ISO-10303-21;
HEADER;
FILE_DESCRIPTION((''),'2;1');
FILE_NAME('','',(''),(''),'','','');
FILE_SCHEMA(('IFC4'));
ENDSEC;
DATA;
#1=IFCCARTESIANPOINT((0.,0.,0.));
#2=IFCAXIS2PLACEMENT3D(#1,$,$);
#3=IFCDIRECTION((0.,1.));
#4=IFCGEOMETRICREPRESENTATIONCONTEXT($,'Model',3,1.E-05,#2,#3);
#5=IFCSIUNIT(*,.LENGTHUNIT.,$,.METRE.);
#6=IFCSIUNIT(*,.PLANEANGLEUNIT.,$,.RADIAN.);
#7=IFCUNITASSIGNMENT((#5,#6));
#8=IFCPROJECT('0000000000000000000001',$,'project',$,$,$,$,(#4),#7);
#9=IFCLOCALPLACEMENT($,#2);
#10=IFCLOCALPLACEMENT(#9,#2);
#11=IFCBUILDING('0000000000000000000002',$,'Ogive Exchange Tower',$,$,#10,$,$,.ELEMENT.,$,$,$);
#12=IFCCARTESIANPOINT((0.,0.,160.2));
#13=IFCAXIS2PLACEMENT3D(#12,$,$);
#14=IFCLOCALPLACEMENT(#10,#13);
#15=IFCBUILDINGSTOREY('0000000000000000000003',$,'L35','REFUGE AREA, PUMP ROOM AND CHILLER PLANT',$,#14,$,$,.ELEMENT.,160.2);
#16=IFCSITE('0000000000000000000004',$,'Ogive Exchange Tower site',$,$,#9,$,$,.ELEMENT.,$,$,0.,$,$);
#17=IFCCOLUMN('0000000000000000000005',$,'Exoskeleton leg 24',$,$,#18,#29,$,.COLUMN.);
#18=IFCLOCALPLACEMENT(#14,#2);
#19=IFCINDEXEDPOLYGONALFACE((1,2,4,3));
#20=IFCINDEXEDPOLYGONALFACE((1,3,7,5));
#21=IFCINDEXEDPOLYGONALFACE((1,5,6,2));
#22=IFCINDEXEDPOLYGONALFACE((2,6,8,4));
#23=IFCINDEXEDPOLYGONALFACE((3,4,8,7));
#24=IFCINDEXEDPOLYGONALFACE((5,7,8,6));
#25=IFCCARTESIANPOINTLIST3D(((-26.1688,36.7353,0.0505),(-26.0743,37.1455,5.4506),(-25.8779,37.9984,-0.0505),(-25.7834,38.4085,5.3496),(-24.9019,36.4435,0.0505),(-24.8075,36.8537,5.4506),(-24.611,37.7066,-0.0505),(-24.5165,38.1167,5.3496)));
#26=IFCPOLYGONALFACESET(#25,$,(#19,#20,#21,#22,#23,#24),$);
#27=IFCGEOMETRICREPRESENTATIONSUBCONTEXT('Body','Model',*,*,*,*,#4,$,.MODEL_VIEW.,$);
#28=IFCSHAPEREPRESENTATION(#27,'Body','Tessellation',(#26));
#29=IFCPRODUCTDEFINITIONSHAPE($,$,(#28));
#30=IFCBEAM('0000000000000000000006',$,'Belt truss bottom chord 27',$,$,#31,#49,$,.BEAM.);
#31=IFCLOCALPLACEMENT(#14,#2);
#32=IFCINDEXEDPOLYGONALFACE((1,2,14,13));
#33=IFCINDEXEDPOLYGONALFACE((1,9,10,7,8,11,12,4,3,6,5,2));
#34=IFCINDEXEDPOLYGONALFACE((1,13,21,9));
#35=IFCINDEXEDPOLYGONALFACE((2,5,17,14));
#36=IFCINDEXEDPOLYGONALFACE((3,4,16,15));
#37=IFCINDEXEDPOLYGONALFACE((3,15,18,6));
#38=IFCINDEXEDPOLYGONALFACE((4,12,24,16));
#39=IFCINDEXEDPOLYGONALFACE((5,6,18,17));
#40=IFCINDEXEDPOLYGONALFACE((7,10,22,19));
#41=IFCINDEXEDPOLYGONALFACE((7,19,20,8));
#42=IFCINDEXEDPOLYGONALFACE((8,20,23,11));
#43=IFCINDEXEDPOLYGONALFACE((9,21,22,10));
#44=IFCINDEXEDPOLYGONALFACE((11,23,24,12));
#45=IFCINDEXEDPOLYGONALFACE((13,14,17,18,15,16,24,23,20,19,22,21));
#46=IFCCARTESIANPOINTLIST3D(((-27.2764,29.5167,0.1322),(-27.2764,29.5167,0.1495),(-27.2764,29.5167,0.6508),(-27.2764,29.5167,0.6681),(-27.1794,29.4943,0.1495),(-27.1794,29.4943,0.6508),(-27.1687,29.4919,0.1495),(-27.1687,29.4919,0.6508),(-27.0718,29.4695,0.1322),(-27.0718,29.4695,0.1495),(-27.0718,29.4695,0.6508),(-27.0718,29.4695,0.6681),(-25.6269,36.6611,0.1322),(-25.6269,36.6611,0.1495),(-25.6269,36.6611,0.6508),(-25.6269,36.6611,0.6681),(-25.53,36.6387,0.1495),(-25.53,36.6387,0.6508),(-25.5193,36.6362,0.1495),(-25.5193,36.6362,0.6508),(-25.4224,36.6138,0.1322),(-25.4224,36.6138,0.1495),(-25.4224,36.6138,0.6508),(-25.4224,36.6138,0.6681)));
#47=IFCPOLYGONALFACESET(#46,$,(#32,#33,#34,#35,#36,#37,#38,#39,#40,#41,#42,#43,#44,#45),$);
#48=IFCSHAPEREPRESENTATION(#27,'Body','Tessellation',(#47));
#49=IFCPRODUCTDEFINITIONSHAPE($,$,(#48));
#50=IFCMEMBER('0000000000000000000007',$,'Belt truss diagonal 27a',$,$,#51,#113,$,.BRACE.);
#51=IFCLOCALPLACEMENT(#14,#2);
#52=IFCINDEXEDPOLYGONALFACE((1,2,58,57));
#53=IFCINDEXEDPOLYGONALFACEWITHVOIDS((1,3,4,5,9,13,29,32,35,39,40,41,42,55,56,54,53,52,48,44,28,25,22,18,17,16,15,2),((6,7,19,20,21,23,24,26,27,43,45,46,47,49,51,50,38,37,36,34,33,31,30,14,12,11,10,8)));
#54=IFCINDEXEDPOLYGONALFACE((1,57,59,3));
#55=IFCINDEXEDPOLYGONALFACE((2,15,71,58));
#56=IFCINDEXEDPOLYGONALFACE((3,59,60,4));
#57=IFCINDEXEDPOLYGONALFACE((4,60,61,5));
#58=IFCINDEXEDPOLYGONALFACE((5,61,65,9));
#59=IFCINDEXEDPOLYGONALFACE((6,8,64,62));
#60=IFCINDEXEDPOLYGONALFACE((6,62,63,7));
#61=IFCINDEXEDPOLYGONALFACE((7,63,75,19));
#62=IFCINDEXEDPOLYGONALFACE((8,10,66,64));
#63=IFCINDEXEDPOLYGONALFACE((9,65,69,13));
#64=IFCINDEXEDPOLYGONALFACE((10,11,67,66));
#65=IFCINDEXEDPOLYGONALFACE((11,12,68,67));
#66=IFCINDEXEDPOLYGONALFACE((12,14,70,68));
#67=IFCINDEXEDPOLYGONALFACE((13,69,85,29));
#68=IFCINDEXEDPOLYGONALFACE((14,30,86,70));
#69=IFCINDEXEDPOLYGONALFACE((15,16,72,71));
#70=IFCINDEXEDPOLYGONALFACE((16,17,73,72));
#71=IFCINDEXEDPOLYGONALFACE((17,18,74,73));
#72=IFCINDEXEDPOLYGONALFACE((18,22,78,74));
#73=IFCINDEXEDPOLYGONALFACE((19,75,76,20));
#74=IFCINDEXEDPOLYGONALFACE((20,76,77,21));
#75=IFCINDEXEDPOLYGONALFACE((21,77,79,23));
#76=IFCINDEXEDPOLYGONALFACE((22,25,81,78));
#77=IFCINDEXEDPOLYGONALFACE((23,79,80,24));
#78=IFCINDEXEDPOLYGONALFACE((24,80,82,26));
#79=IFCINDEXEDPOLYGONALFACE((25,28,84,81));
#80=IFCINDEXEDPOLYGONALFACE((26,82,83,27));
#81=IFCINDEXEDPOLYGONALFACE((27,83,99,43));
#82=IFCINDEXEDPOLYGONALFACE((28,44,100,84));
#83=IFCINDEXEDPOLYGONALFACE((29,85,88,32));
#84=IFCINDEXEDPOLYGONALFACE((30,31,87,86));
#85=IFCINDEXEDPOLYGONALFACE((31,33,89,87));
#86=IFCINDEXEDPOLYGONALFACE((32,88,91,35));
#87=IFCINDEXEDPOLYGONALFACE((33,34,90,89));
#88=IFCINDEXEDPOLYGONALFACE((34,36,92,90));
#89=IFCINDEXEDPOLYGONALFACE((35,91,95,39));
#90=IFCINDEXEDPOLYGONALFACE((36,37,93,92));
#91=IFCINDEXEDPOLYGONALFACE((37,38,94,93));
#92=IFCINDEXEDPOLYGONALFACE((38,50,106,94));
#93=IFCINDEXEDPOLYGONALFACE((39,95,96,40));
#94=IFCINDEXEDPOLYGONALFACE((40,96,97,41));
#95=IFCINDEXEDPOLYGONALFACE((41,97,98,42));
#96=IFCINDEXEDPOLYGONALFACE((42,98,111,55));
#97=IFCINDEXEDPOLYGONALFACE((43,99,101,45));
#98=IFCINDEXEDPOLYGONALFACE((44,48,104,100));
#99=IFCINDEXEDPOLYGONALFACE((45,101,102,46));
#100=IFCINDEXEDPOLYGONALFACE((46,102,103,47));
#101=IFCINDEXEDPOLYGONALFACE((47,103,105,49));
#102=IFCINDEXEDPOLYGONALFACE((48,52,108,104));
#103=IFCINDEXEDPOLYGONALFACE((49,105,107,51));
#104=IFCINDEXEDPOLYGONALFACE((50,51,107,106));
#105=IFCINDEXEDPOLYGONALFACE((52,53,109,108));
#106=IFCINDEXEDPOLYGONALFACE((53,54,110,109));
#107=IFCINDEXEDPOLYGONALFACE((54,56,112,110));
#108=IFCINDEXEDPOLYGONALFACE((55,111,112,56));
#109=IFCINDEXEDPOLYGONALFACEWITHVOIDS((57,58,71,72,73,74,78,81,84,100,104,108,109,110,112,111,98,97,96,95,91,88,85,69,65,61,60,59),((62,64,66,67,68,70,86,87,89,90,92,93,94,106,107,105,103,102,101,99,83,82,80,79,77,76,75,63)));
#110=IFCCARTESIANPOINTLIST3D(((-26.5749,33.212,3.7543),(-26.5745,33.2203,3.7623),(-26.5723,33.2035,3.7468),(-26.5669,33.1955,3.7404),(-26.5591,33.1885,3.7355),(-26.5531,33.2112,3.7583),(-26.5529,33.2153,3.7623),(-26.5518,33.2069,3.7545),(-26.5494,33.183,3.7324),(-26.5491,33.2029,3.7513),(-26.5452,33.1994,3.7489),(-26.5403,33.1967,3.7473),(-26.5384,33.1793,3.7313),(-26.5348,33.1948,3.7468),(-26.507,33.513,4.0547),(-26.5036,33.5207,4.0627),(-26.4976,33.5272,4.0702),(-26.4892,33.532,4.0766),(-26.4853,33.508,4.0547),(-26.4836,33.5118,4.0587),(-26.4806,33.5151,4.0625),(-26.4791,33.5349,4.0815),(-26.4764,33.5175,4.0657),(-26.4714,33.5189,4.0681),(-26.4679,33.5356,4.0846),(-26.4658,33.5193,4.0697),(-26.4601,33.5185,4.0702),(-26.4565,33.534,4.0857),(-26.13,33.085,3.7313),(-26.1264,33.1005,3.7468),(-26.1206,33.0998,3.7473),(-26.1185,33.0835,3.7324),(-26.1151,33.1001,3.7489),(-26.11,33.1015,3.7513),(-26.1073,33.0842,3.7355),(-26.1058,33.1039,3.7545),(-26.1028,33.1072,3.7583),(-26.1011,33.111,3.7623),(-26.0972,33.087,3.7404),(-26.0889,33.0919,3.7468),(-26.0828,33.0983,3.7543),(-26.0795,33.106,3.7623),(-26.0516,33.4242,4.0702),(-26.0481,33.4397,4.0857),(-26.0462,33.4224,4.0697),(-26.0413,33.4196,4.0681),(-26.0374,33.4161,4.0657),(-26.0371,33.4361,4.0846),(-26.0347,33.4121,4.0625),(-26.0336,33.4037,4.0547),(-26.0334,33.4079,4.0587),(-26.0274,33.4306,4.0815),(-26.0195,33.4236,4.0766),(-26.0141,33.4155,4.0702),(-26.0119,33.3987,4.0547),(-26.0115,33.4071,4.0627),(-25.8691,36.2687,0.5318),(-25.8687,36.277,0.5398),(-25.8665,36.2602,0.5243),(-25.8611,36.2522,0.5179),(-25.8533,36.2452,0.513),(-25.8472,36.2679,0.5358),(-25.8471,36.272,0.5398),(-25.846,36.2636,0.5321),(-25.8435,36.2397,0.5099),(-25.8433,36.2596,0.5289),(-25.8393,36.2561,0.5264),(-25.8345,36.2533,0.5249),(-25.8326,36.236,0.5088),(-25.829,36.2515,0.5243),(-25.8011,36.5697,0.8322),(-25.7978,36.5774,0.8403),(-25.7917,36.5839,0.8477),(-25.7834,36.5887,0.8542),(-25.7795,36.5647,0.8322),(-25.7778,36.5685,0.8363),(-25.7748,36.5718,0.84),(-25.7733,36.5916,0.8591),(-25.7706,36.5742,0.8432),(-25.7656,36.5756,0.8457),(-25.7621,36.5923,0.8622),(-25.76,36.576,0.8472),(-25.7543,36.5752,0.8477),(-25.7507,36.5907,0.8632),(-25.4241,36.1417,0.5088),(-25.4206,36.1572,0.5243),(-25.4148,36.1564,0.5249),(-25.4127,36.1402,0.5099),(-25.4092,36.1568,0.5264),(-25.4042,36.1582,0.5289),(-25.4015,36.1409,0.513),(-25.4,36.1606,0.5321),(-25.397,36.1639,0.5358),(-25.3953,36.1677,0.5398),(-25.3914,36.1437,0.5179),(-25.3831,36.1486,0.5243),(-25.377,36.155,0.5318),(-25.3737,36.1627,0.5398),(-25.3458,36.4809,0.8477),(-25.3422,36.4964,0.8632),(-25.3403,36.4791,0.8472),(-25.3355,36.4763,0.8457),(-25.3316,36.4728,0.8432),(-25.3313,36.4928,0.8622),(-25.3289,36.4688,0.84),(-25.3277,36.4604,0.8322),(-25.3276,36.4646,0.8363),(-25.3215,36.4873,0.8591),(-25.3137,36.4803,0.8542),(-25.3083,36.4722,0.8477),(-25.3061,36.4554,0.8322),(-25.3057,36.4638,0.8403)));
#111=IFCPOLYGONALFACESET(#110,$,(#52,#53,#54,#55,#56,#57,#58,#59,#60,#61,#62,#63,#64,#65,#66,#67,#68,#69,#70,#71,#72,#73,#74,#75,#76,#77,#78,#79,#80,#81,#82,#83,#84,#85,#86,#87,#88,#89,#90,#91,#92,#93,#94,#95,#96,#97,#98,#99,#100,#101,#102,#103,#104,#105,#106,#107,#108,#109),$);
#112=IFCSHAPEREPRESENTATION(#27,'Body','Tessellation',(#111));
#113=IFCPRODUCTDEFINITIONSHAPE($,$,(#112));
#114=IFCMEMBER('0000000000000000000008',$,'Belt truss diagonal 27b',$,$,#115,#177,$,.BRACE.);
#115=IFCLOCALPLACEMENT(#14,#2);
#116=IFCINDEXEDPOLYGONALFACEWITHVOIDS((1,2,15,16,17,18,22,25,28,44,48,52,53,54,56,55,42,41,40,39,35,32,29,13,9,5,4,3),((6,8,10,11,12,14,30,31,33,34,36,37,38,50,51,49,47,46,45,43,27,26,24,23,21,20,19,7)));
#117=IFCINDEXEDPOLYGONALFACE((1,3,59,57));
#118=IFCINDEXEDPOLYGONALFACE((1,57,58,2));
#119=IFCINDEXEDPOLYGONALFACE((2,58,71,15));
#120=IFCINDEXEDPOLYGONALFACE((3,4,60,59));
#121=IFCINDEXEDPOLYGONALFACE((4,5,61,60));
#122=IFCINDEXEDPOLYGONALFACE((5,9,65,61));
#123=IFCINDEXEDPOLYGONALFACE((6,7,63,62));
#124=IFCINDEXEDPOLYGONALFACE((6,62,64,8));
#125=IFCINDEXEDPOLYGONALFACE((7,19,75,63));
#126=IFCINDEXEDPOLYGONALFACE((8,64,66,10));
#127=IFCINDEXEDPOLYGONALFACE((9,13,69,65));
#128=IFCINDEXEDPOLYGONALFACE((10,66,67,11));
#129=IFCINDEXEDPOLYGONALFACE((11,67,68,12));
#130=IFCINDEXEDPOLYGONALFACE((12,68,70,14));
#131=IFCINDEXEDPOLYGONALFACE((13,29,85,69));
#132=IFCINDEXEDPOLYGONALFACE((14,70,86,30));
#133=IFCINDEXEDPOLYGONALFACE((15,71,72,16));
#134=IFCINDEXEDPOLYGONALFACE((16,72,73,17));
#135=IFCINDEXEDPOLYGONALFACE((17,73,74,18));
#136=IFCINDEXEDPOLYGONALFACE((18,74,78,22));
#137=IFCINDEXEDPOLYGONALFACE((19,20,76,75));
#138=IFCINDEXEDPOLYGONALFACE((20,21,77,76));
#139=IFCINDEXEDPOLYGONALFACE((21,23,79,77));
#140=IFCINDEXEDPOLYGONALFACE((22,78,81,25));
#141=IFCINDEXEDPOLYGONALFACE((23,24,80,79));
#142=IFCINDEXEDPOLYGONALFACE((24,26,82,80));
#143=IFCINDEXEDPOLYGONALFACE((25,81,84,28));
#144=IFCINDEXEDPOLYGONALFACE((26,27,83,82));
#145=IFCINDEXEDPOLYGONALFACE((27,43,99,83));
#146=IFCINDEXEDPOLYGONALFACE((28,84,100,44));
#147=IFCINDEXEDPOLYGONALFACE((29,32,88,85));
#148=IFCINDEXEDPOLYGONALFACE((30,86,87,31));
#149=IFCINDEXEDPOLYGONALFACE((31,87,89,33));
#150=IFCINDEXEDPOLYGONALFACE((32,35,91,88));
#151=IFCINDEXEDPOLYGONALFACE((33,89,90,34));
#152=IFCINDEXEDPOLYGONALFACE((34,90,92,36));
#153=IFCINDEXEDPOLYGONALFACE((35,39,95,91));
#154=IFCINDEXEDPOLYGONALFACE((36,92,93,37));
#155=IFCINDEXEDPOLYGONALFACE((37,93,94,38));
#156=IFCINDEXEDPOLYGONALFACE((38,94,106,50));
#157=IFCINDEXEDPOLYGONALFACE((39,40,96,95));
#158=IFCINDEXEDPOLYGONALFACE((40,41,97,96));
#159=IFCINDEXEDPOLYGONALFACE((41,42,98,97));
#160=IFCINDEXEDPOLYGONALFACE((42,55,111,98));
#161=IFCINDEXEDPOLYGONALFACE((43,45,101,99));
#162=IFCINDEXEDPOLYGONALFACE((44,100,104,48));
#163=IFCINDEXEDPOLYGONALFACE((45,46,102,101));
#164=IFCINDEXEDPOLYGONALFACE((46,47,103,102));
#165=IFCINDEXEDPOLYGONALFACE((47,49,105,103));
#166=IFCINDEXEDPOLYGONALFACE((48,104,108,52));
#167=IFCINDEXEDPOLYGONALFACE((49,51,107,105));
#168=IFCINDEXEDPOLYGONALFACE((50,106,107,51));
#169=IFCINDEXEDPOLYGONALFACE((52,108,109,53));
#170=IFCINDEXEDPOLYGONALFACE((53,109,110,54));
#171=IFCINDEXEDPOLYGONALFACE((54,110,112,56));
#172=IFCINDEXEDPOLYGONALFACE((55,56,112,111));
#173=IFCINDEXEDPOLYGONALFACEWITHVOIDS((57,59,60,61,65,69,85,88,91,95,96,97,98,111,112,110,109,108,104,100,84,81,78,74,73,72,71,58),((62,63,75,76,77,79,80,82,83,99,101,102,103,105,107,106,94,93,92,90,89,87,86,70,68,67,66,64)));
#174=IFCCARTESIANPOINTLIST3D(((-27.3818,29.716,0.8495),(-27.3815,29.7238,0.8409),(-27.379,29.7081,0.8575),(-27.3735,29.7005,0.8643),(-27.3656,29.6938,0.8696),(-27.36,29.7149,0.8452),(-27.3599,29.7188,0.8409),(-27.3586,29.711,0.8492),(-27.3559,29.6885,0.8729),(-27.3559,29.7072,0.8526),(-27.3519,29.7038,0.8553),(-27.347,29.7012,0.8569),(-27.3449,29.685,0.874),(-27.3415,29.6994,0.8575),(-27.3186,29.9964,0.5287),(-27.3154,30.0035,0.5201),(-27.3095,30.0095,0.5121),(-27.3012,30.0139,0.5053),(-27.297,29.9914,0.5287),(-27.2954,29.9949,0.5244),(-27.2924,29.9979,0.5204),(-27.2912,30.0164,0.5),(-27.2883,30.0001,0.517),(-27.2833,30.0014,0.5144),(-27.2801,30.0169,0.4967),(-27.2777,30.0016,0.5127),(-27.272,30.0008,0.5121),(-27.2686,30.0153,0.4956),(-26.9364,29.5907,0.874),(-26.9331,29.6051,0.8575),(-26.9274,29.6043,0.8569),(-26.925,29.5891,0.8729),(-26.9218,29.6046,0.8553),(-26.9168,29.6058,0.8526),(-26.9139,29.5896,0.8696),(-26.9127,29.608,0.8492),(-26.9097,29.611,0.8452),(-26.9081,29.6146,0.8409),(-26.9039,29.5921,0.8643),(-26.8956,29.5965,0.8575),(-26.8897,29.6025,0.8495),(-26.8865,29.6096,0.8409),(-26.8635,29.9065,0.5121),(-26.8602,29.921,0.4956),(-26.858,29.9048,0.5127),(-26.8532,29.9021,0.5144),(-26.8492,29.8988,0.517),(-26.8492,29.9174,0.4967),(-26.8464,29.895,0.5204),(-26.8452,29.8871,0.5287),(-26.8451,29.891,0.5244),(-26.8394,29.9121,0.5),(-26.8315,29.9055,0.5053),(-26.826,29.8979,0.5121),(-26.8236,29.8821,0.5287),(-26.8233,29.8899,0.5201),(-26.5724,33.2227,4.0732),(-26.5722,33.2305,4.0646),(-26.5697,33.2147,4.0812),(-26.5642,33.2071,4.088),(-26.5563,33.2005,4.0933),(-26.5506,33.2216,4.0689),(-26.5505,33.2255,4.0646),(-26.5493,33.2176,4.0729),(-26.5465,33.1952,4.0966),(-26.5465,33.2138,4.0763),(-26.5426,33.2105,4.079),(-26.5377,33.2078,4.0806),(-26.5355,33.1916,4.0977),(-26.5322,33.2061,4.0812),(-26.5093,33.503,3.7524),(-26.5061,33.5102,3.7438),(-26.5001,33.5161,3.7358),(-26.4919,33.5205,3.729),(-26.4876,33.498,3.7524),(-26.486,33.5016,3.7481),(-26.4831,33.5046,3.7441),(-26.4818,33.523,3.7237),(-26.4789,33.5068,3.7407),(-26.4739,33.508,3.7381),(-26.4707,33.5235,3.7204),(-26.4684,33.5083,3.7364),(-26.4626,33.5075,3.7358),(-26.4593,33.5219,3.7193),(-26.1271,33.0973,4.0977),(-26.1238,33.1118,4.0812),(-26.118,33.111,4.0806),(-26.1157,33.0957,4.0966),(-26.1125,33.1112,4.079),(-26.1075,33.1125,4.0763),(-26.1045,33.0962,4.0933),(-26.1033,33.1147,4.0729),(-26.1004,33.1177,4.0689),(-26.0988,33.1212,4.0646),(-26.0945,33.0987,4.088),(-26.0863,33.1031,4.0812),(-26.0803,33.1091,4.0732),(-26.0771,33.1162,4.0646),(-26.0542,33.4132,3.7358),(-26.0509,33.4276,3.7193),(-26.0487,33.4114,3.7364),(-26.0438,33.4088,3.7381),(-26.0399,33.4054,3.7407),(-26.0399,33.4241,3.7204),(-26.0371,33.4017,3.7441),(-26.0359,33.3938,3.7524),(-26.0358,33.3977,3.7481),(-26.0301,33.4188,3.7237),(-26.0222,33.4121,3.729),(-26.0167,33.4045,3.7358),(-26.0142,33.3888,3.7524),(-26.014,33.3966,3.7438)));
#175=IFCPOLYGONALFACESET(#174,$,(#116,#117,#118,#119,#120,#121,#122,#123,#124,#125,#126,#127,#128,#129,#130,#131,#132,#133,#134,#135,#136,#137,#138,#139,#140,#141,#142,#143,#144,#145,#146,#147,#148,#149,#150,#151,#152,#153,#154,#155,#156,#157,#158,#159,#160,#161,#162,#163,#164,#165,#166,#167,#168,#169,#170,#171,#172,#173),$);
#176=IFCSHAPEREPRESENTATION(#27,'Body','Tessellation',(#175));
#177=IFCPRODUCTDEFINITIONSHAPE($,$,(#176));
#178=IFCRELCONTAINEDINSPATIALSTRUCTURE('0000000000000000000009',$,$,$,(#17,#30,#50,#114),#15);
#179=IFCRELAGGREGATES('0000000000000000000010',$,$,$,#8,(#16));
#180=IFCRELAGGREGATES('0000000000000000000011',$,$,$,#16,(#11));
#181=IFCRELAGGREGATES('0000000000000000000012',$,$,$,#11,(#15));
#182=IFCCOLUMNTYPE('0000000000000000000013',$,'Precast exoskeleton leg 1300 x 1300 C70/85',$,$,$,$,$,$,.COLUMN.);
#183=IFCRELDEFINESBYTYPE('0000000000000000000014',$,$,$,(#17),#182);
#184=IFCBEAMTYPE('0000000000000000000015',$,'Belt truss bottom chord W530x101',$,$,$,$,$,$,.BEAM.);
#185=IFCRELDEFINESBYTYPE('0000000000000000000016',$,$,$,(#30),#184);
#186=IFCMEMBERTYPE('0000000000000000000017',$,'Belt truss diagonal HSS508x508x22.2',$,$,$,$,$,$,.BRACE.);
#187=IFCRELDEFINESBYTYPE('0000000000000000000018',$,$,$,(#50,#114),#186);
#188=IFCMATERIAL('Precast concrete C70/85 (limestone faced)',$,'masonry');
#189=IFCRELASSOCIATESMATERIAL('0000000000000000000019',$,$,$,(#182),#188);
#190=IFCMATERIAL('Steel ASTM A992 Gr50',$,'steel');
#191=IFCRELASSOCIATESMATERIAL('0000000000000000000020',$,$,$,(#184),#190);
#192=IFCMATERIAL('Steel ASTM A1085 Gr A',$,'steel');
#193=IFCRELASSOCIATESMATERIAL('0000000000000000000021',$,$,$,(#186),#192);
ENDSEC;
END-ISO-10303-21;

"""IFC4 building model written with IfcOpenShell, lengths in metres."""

from ifc_helpers import new_model, si_unit, direction, frame, origin, origin_2d, place, context, subcontext, project, spatial, rectangle, hollow_rectangle, i_section, extrude, material, material_profile, profile_set, type_object, element, save


model = new_model("IFC4")

# Units and contexts
model_context = context("Model", 3, precision=1e-05, world=origin(), true_north=direction((0.0, 1.0)))
body_context = subcontext(model_context, "Body", "Model", "MODEL_VIEW")
ifc_project = project(units=[si_unit("LENGTHUNIT", "METRE"), si_unit("PLANEANGLEUNIT", "RADIAN")], contexts=[model_context])

# Site, building, storey
site_placement = place(None, origin())
site = spatial("IfcSite", under=ifc_project, at=site_placement, Name="Ogive Exchange Tower site", CompositionType="ELEMENT", RefElevation=0.0)
building_placement = place(site_placement, origin())
building = spatial("IfcBuilding", under=site, at=building_placement, Name="Ogive Exchange Tower", CompositionType="ELEMENT")
storey_placement = place(building_placement, frame((0.0, 0.0, 160.2)))
storey = spatial("IfcBuildingStorey", under=building, at=storey_placement, Name="L35", Description="REFUGE AREA, PUMP ROOM AND CHILLER PLANT", CompositionType="ELEMENT", Elevation=160.2)

# Column
ifc_material_1 = material(Name="Precast concrete C70/85 (limestone faced)", Category="masonry")
ifc_material_profile_1 = material_profile(ifc_material_1, rectangle(XDim=1.3, YDim=1.3, at=origin_2d()), Name="1300 x 1300")
ifc_profile_set_1 = profile_set([ifc_material_profile_1], Name="Precast concrete C70/85 (limestone faced)")
column_type = type_object("IfcColumnType", Name="Precast exoskeleton leg 1300 x 1300 C70/85", PredefinedType="COLUMN", material=ifc_profile_set_1)
column_placement = place(storey_placement, frame((-25.3899, 37.2209, 0.0), z_axis=(0.017443, 0.075723, 0.996976), x_axis=(-0.974479, 0.224478, 0.0)))
element("IfcColumn", 1, at=column_placement, inside=storey, type_object=column_type, Name="Exoskeleton leg 24", PredefinedType="COLUMN", context=body_context, shape_type="SweptSolid", body=[
    extrude(rectangle(XDim=1.3, YDim=1.3, at=origin_2d()), origin(), (0.0, 0.0, 1.0), 5.4165),
])

# Beam
ifc_material_2 = material(Name="Steel ASTM A992 Gr50", Category="steel")
ifc_material_profile_2 = material_profile(ifc_material_2, i_section(OverallWidth=0.21, OverallDepth=0.5359, WebThickness=0.011, FlangeThickness=0.0173, at=origin_2d()), Name="W530x101")
ifc_profile_set_2 = profile_set([ifc_material_profile_2], Name="Steel ASTM A992 Gr50")
beam_type_1 = type_object("IfcBeamType", Name="Belt truss bottom chord W530x101", PredefinedType="BEAM", material=ifc_profile_set_2)
beam_1_placement = place(storey_placement, frame((-25.5247, 36.6375, 0.4001), z_axis=(-0.224954, -0.974369, 0.0), x_axis=(0.974369, -0.224954, 0.0)))
element("IfcBeam", 2, at=beam_1_placement, inside=storey, type_object=beam_type_1, Name="Belt truss bottom chord 27", PredefinedType="BEAM", context=body_context, shape_type="SweptSolid", body=[
    extrude(i_section(OverallWidth=0.21, OverallDepth=0.5359, WebThickness=0.011, FlangeThickness=0.0173, at=origin_2d()), origin(), (0.0, 0.0, 1.0), 7.3323),
])

# Members
ifc_material_3 = material(Name="Steel ASTM A1085 Gr A", Category="steel")
ifc_material_profile_3 = material_profile(ifc_material_3, hollow_rectangle(XDim=0.5081, YDim=0.5081, WallThickness=0.0222, InnerFilletRadius=0.0222, OuterFilletRadius=0.0444, at=origin_2d()), Name="HSS508x508x22.2")
ifc_profile_set_3 = profile_set([ifc_material_profile_3], Name="Steel ASTM A1085 Gr A")
member_type_1 = type_object("IfcMemberType", Name="Belt truss diagonal HSS508x508x22.2", PredefinedType="BRACE", material=ifc_profile_set_3)
member_1_placement = place(storey_placement, frame((-25.5874, 36.3662, 0.686), z_axis=(-0.156943, -0.67967, 0.716531), x_axis=(0.974361, -0.22499, 0.0)))
element("IfcMember", 3, at=member_1_placement, inside=storey, type_object=member_type_1, Name="Belt truss diagonal 27a", PredefinedType="BRACE", context=body_context, shape_type="SweptSolid", body=[
    extrude(hollow_rectangle(XDim=0.5081, YDim=0.5081, WallThickness=0.0222, InnerFilletRadius=0.0222, OuterFilletRadius=0.0444, at=origin_2d()), origin(), (0.0, 0.0, 1.0), 4.4973),
])
member_2_placement = place(storey_placement, frame((-27.1025, 29.803, 0.6848), z_axis=(0.167512, 0.725783, 0.667217), x_axis=(-0.974384, 0.224889, 0.0)))
element("IfcMember", 4, at=member_2_placement, inside=storey, type_object=member_type_1, Name="Belt truss diagonal 27b", PredefinedType="BRACE", context=body_context, shape_type="SweptSolid", body=[
    extrude(hollow_rectangle(XDim=0.5081, YDim=0.5081, WallThickness=0.0222, InnerFilletRadius=0.0222, OuterFilletRadius=0.0444, at=origin_2d()), origin(), (0.0, 0.0, 1.0), 4.8315),
])

save(model, "model.ifc")
